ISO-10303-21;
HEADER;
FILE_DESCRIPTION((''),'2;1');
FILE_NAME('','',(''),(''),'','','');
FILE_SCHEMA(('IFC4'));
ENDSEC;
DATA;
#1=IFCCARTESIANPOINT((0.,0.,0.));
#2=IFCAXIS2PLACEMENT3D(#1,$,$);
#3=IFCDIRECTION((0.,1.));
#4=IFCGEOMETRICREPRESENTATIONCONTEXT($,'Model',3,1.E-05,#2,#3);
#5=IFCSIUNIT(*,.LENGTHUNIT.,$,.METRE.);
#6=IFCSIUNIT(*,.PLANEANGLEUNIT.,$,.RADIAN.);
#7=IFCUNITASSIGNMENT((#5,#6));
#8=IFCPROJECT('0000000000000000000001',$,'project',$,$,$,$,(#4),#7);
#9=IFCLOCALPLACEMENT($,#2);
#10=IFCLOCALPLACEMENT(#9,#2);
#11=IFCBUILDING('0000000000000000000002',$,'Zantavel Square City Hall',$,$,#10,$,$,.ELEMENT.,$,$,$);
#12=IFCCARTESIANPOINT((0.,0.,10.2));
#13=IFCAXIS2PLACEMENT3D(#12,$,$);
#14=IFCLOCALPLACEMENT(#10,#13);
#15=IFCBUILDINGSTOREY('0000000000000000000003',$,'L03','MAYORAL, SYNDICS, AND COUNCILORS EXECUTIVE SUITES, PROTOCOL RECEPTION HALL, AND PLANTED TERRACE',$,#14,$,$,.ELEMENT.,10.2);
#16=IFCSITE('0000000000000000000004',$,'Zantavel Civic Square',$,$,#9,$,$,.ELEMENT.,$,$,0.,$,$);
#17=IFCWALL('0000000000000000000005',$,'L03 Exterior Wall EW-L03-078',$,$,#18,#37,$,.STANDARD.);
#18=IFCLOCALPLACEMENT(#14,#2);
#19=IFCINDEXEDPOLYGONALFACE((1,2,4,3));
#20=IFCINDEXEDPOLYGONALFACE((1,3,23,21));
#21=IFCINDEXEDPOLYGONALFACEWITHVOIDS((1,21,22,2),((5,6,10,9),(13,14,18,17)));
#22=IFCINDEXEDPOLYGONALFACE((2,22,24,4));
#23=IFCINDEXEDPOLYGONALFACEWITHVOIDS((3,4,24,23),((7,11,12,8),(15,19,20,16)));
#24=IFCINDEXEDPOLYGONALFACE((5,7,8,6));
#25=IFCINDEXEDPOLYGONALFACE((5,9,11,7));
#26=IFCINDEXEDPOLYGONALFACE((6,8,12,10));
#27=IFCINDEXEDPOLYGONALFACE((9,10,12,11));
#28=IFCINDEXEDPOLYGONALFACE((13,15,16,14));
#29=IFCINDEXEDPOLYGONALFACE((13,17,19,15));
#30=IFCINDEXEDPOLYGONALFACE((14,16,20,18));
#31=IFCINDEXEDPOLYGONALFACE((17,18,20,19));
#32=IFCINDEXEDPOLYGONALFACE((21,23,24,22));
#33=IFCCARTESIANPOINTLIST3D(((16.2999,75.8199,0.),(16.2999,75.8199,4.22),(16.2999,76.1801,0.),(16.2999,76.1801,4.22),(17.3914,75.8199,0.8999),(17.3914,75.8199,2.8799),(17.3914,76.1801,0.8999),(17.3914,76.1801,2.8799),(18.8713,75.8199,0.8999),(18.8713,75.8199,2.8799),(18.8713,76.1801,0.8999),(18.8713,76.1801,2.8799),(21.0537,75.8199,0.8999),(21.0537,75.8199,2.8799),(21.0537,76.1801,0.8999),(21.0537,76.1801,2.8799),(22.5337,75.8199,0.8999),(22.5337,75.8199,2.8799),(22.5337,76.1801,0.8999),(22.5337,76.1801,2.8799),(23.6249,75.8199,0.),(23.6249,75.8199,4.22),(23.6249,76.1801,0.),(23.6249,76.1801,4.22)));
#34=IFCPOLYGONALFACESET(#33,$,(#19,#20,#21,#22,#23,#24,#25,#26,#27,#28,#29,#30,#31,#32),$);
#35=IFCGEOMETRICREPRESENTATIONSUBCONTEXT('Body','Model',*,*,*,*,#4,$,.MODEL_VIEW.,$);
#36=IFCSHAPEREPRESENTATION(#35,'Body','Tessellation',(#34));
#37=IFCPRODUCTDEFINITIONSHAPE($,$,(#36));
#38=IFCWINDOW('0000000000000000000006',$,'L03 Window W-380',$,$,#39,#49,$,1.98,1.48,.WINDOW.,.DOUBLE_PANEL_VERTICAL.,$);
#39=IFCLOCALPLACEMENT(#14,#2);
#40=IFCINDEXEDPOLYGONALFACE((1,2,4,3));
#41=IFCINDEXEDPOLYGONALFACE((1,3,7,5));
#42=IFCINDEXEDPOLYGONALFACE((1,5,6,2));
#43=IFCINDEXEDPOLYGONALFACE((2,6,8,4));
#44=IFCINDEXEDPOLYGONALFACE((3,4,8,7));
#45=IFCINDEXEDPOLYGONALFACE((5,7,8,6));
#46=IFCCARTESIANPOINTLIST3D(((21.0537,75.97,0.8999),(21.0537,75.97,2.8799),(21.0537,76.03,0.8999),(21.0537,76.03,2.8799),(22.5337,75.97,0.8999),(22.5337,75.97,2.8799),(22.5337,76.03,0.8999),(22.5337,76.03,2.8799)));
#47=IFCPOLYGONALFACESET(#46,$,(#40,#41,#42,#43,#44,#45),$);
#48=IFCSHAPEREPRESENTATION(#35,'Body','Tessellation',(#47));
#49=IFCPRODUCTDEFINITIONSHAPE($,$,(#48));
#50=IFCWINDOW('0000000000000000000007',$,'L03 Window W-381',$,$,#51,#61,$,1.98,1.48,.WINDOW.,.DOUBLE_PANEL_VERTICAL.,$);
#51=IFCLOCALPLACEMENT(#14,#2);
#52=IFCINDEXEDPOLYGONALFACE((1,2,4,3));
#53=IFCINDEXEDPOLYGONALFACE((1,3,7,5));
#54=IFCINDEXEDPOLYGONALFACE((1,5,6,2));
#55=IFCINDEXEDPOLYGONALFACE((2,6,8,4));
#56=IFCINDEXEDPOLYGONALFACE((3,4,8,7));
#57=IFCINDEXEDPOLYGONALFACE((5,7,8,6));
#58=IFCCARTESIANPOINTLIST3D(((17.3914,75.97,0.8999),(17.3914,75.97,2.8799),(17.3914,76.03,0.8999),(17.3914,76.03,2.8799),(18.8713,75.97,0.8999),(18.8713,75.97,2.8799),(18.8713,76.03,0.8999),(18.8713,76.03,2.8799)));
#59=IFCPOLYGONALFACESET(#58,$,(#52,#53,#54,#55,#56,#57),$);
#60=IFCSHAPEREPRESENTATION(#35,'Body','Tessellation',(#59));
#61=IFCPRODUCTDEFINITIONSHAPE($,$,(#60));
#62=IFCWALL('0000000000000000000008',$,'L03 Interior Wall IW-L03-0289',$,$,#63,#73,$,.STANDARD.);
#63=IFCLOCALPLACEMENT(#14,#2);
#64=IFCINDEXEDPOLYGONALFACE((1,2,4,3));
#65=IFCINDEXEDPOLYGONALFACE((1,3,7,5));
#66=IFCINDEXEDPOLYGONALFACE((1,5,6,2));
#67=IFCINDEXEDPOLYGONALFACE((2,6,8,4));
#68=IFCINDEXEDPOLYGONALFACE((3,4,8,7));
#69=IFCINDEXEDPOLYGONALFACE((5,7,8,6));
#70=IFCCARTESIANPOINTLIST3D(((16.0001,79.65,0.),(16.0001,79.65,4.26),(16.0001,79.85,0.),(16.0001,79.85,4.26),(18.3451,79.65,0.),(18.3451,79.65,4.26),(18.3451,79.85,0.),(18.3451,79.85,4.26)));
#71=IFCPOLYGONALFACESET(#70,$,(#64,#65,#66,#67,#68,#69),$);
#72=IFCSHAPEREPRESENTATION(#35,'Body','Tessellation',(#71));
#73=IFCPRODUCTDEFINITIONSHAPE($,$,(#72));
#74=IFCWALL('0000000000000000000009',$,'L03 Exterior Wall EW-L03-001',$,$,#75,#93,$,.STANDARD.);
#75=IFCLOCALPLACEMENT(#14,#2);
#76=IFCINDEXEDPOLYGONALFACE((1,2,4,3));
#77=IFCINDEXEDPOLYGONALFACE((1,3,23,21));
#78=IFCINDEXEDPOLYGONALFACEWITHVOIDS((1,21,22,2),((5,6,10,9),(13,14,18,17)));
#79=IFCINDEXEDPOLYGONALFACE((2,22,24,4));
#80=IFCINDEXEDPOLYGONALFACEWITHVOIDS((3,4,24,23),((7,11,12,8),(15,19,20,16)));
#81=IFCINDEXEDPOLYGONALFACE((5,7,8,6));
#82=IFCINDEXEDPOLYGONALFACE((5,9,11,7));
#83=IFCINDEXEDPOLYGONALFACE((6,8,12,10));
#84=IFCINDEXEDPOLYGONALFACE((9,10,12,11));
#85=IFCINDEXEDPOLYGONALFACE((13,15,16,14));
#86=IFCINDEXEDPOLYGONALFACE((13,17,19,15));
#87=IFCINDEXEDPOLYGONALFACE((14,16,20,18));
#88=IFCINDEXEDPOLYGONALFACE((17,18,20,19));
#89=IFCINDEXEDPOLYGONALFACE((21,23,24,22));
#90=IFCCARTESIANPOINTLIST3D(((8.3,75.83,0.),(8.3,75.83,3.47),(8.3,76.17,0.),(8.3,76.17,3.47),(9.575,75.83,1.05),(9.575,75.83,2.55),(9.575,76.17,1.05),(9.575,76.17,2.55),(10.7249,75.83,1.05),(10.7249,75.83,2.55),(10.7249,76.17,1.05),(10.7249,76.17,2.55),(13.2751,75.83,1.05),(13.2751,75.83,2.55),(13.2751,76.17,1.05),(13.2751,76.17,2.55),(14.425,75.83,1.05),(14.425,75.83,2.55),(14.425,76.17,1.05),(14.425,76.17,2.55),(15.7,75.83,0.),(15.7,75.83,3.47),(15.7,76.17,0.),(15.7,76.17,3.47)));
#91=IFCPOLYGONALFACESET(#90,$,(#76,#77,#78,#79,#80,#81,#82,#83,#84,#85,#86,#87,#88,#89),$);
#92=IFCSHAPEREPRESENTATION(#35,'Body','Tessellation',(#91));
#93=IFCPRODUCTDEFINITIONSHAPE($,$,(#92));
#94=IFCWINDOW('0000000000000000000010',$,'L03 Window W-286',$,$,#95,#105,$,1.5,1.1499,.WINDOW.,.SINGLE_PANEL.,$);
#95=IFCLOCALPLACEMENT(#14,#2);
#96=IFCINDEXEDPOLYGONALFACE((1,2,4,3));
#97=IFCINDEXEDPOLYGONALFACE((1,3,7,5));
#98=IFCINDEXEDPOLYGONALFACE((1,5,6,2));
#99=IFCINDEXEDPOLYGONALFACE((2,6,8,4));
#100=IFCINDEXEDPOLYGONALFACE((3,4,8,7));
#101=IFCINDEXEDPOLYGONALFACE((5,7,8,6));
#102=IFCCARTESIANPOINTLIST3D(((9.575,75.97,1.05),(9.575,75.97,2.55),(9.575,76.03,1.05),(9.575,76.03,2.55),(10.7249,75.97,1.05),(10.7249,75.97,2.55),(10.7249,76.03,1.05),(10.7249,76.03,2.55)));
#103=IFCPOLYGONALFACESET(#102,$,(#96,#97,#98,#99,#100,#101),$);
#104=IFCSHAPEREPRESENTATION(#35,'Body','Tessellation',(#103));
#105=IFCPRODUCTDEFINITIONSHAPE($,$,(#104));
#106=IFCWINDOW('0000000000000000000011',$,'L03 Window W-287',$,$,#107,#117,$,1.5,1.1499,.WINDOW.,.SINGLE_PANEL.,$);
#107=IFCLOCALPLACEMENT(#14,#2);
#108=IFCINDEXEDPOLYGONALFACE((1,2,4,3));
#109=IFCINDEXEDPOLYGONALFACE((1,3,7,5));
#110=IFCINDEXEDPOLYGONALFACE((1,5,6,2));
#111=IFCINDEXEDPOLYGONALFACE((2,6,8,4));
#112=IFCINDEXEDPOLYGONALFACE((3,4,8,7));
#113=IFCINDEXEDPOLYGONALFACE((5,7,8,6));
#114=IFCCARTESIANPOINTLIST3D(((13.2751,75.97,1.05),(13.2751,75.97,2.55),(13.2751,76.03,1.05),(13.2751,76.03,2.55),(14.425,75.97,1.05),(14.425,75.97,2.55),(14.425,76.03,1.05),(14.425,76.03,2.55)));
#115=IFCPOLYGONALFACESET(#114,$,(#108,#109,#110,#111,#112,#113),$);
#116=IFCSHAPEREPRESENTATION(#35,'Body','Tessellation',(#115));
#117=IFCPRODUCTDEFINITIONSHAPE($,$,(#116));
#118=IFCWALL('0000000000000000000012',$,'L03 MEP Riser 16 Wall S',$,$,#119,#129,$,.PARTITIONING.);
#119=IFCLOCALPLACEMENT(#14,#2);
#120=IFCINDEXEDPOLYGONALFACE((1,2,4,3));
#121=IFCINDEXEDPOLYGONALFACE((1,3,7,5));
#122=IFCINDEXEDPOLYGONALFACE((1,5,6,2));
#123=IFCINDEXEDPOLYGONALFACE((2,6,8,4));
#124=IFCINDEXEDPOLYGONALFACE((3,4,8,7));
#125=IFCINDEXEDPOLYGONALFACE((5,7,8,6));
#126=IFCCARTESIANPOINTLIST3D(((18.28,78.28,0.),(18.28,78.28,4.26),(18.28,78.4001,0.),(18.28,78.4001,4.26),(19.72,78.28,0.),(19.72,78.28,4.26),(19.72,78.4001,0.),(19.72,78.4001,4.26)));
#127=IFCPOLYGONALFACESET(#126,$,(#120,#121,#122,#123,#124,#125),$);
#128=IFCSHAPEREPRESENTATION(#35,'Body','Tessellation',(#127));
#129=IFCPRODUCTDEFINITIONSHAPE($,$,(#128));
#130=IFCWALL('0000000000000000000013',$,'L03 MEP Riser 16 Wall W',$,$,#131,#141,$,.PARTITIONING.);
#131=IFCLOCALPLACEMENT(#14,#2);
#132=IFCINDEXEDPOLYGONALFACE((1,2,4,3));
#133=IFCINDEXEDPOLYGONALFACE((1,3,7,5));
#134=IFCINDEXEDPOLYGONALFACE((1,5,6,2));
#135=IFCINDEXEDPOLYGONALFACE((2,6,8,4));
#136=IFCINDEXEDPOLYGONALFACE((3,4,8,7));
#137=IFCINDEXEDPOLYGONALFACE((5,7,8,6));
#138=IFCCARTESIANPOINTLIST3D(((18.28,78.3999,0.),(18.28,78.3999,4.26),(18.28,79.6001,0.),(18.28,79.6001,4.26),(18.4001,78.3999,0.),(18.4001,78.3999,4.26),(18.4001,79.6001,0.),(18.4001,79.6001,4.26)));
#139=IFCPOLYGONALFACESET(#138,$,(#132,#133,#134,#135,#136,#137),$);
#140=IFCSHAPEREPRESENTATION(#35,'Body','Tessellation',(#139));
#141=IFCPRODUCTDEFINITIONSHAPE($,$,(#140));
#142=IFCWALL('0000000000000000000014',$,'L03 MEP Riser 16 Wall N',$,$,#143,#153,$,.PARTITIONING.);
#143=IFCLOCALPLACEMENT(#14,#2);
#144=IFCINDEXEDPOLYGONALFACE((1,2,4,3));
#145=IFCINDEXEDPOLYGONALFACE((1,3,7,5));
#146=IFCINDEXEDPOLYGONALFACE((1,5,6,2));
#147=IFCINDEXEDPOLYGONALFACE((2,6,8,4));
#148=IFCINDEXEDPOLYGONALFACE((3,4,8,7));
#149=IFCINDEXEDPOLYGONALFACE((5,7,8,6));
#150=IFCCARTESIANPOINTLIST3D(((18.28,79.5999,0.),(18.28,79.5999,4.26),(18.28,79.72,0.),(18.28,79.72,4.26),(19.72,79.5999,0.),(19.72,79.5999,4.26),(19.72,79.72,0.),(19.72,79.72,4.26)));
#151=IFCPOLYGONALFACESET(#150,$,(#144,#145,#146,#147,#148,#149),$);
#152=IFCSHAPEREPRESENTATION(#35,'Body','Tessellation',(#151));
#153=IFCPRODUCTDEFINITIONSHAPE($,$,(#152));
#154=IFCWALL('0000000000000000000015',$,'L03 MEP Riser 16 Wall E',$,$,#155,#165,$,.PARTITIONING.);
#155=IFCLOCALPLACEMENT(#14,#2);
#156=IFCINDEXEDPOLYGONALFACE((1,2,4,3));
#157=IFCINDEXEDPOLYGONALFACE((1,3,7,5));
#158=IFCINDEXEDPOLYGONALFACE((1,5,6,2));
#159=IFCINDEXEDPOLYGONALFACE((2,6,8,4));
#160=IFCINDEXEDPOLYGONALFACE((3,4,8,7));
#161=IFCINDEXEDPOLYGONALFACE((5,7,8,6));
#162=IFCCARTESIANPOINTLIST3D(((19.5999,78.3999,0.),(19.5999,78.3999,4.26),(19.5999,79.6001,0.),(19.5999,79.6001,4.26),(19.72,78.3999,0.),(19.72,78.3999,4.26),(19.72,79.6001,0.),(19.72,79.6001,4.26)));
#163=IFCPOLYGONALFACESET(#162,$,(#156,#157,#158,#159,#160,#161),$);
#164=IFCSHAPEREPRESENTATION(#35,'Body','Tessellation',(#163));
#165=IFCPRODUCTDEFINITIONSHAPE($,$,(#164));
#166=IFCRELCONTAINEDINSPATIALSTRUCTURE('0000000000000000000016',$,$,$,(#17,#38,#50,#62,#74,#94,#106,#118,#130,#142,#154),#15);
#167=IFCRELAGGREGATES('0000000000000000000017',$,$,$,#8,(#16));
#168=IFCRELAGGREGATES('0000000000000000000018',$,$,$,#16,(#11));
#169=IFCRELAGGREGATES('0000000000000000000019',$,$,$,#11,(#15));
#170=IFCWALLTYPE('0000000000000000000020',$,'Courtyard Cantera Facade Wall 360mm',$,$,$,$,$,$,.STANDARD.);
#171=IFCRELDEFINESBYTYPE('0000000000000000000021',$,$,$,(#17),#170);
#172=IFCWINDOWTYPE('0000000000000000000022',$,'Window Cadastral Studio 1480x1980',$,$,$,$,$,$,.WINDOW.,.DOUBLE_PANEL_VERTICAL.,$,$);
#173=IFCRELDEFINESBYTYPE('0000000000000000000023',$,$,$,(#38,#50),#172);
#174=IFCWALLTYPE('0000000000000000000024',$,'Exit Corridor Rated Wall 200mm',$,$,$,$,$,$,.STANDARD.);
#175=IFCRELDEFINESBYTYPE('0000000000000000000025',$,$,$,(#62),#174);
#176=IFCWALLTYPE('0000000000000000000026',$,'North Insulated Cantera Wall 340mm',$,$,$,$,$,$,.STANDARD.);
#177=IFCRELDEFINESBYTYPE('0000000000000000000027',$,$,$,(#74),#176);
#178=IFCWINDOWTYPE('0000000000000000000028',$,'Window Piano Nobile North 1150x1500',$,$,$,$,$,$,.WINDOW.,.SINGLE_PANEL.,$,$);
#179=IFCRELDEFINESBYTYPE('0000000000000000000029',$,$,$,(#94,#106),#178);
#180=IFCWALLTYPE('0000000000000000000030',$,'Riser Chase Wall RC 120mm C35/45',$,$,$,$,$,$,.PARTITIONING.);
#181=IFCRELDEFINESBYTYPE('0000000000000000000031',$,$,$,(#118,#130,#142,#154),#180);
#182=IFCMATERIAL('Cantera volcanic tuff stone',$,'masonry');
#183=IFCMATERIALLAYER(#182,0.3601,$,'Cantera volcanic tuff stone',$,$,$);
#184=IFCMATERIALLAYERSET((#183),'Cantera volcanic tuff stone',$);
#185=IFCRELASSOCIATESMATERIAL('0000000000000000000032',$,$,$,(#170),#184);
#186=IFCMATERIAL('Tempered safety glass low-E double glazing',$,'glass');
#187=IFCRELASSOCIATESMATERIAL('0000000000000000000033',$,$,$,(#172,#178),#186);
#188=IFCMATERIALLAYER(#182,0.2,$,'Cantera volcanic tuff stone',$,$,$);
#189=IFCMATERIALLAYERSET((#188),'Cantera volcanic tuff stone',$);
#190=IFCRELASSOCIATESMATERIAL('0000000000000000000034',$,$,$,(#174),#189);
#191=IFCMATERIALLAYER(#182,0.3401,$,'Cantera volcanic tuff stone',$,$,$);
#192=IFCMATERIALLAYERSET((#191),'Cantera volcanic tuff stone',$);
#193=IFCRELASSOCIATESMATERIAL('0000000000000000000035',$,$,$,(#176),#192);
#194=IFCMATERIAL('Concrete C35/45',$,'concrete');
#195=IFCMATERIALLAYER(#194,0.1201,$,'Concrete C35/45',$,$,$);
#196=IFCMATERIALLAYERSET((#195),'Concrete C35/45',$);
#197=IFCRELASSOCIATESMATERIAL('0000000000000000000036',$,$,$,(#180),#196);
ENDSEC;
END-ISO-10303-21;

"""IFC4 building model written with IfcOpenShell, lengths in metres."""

from ifc_helpers import new_model, si_unit, direction, frame, frame_2d, origin, place, context, subcontext, project, spatial, rectangle, extrude, material, layer, layer_set, type_object, element, fill, save


model = new_model("IFC4")

# Units and contexts
model_context = context("Model", 3, precision=1e-05, world=origin(), true_north=direction((0.0, 1.0)))
body_context = subcontext(model_context, "Body", "Model", "MODEL_VIEW")
ifc_project = project(units=[si_unit("LENGTHUNIT", "METRE"), si_unit("PLANEANGLEUNIT", "RADIAN")], contexts=[model_context])

# Site, building, storey
site_placement = place(None, origin())
site = spatial("IfcSite", under=ifc_project, at=site_placement, Name="Zantavel Civic Square", CompositionType="ELEMENT", RefElevation=0.0)
building_placement = place(site_placement, origin())
building = spatial("IfcBuilding", under=site, at=building_placement, Name="Zantavel Square City Hall", CompositionType="ELEMENT")
storey_placement = place(building_placement, frame((0.0, 0.0, 10.2)))
storey = spatial("IfcBuildingStorey", under=building, at=storey_placement, Name="L03", Description="MAYORAL, SYNDICS, AND COUNCILORS EXECUTIVE SUITES, PROTOCOL RECEPTION HALL, AND PLANTED TERRACE", CompositionType="ELEMENT", Elevation=10.2)

# Wall, openings, windows
ifc_material_1 = material(Name="Cantera volcanic tuff stone", Category="masonry")
ifc_layer_1 = layer(ifc_material_1, 0.3601, Name="Cantera volcanic tuff stone")
ifc_layer_set_1 = layer_set([ifc_layer_1], Name="Cantera volcanic tuff stone")
wall_type_1 = type_object("IfcWallType", Name="Courtyard Cantera Facade Wall 360mm", PredefinedType="STANDARD", material=ifc_layer_set_1)
ifc_material_2 = material(Name="Tempered safety glass low-E double glazing", Category="glass")
window_type_1 = type_object("IfcWindowType", Name="Window Cadastral Studio 1480x1980", PartitioningType="DOUBLE_PANEL_VERTICAL", PredefinedType="WINDOW", material=ifc_material_2)
wall_1_placement = place(storey_placement, frame((23.625, 76.0, 0.0), z_axis=(0.0, 0.0, 1.0), x_axis=(-1.0, 0.0, 0.0)))
wall_1 = element("IfcWall", 1, at=wall_1_placement, inside=storey, type_object=wall_type_1, Name="L03 Exterior Wall EW-L03-078", PredefinedType="STANDARD", context=body_context, shape_type="SweptSolid", body=[
    extrude(rectangle(XDim=7.325, YDim=0.3601, at=frame_2d((3.6626, 0.0))), origin(), (0.0, 0.0, 1.0), 4.22),
])
opening_1_placement = place(wall_1_placement, frame((1.0913, 0.0, 0.8999)))
opening_1 = element("IfcOpeningElement", 2, at=opening_1_placement, cuts=wall_1, PredefinedType="OPENING", context=body_context, shape_type="SweptSolid", body=[
    extrude(rectangle(XDim=1.48, YDim=1.98, at=frame_2d((0.74, 0.99))), frame((0.0, 0.1899, 0.0), z_axis=(0.0, -1.0, 0.0), x_axis=(1.0, 0.0, 0.0)), (0.0, 0.0, 1.0), 0.3801),
])
opening_2_placement = place(wall_1_placement, frame((4.7537, 0.0, 0.8999)))
opening_2 = element("IfcOpeningElement", 3, at=opening_2_placement, cuts=wall_1, PredefinedType="OPENING", context=body_context, shape_type="SweptSolid", body=[
    extrude(rectangle(XDim=1.48, YDim=1.98, at=frame_2d((0.74, 0.99))), frame((0.0, 0.1899, 0.0), z_axis=(0.0, -1.0, 0.0), x_axis=(1.0, 0.0, 0.0)), (0.0, 0.0, 1.0), 0.3801),
])
window_1_placement = place(opening_1_placement, origin())
window_1 = element("IfcWindow", 4, at=window_1_placement, inside=storey, type_object=window_type_1, Name="L03 Window W-380", OverallHeight=1.98, OverallWidth=1.48, PartitioningType="DOUBLE_PANEL_VERTICAL", PredefinedType="WINDOW", context=body_context, shape_type="SweptSolid", body=[
    extrude(rectangle(XDim=1.48, YDim=1.98, at=frame_2d((0.74, 0.99))), frame((0.0, 0.03, 0.0), z_axis=(0.0, -1.0, 0.0), x_axis=(1.0, 0.0, 0.0)), (0.0, 0.0, 1.0), 0.0601),
])
fill(opening_1, window_1)
window_2_placement = place(opening_2_placement, origin())
window_2 = element("IfcWindow", 5, at=window_2_placement, inside=storey, type_object=window_type_1, Name="L03 Window W-381", OverallHeight=1.98, OverallWidth=1.48, PartitioningType="DOUBLE_PANEL_VERTICAL", PredefinedType="WINDOW", context=body_context, shape_type="SweptSolid", body=[
    extrude(rectangle(XDim=1.48, YDim=1.98, at=frame_2d((0.74, 0.99))), frame((0.0, 0.03, 0.0), z_axis=(0.0, -1.0, 0.0), x_axis=(1.0, 0.0, 0.0)), (0.0, 0.0, 1.0), 0.0601),
])
fill(opening_2, window_2)

# Wall
ifc_layer_2 = layer(ifc_material_1, 0.2, Name="Cantera volcanic tuff stone")
ifc_layer_set_2 = layer_set([ifc_layer_2], Name="Cantera volcanic tuff stone")
wall_type_2 = type_object("IfcWallType", Name="Exit Corridor Rated Wall 200mm", PredefinedType="STANDARD", material=ifc_layer_set_2)
wall_2_placement = place(storey_placement, frame((18.345, 79.75, 0.0), z_axis=(0.0, 0.0, 1.0), x_axis=(-1.0, 0.0, 0.0)))
element("IfcWall", 6, at=wall_2_placement, inside=storey, type_object=wall_type_2, Name="L03 Interior Wall IW-L03-0289", PredefinedType="STANDARD", context=body_context, shape_type="SweptSolid", body=[
    extrude(rectangle(XDim=2.345, YDim=0.2, at=frame_2d((1.1724, 0.0))), origin(), (0.0, 0.0, 1.0), 4.26),
])

# Wall, openings, windows
ifc_layer_3 = layer(ifc_material_1, 0.3401, Name="Cantera volcanic tuff stone")
ifc_layer_set_3 = layer_set([ifc_layer_3], Name="Cantera volcanic tuff stone")
wall_type_3 = type_object("IfcWallType", Name="North Insulated Cantera Wall 340mm", PredefinedType="STANDARD", material=ifc_layer_set_3)
wall_3_placement = place(storey_placement, frame((8.3, 76.0, 0.0), z_axis=(0.0, 0.0, 1.0), x_axis=(1.0, 0.0, 0.0)))
wall_3 = element("IfcWall", 7, at=wall_3_placement, inside=storey, type_object=wall_type_3, Name="L03 Exterior Wall EW-L03-001", PredefinedType="STANDARD", context=body_context, shape_type="SweptSolid", body=[
    extrude(rectangle(XDim=7.3999, YDim=0.3401, at=frame_2d((3.7, 0.0))), origin(), (0.0, 0.0, 1.0), 3.47),
])
opening_3_placement = place(wall_3_placement, frame((1.2749, 0.0, 1.05)))
opening_3 = element("IfcOpeningElement", 8, at=opening_3_placement, cuts=wall_3, PredefinedType="OPENING", context=body_context, shape_type="SweptSolid", body=[
    extrude(rectangle(XDim=1.1499, YDim=1.5, at=frame_2d((0.575, 0.75))), frame((0.0, 0.1799, 0.0), z_axis=(0.0, -1.0, 0.0), x_axis=(1.0, 0.0, 0.0)), (0.0, 0.0, 1.0), 0.3601),
])
opening_4_placement = place(wall_3_placement, frame((4.9751, 0.0, 1.05)))
opening_4 = element("IfcOpeningElement", 9, at=opening_4_placement, cuts=wall_3, PredefinedType="OPENING", context=body_context, shape_type="SweptSolid", body=[
    extrude(rectangle(XDim=1.1499, YDim=1.5, at=frame_2d((0.575, 0.75))), frame((0.0, 0.1799, 0.0), z_axis=(0.0, -1.0, 0.0), x_axis=(1.0, 0.0, 0.0)), (0.0, 0.0, 1.0), 0.3601),
])
window_type_2 = type_object("IfcWindowType", Name="Window Piano Nobile North 1150x1500", PartitioningType="SINGLE_PANEL", PredefinedType="WINDOW", material=ifc_material_2)
window_3_placement = place(opening_3_placement, origin())
window_3 = element("IfcWindow", 10, at=window_3_placement, inside=storey, type_object=window_type_2, Name="L03 Window W-286", OverallHeight=1.5, OverallWidth=1.1499, PartitioningType="SINGLE_PANEL", PredefinedType="WINDOW", context=body_context, shape_type="SweptSolid", body=[
    extrude(rectangle(XDim=1.1499, YDim=1.5, at=frame_2d((0.575, 0.75))), frame((0.0, 0.03, 0.0), z_axis=(0.0, -1.0, 0.0), x_axis=(1.0, 0.0, 0.0)), (0.0, 0.0, 1.0), 0.0601),
])
fill(opening_3, window_3)
window_4_placement = place(opening_4_placement, origin())
window_4 = element("IfcWindow", 11, at=window_4_placement, inside=storey, type_object=window_type_2, Name="L03 Window W-287", OverallHeight=1.5, OverallWidth=1.1499, PartitioningType="SINGLE_PANEL", PredefinedType="WINDOW", context=body_context, shape_type="SweptSolid", body=[
    extrude(rectangle(XDim=1.1499, YDim=1.5, at=frame_2d((0.575, 0.75))), frame((0.0, 0.03, 0.0), z_axis=(0.0, -1.0, 0.0), x_axis=(1.0, 0.0, 0.0)), (0.0, 0.0, 1.0), 0.0601),
])
fill(opening_4, window_4)

# Walls
ifc_material_3 = material(Name="Concrete C35/45", Category="concrete")
ifc_layer_4 = layer(ifc_material_3, 0.1201, Name="Concrete C35/45")
ifc_layer_set_4 = layer_set([ifc_layer_4], Name="Concrete C35/45")
wall_type_4 = type_object("IfcWallType", Name="Riser Chase Wall RC 120mm C35/45", PredefinedType="PARTITIONING", material=ifc_layer_set_4)
wall_4_placement = place(storey_placement, frame((19.72, 78.3401, 0.0), z_axis=(0.0, 0.0, 1.0), x_axis=(-1.0, 0.0, 0.0)))
element("IfcWall", 12, at=wall_4_placement, inside=storey, type_object=wall_type_4, Name="L03 MEP Riser 16 Wall S", PredefinedType="PARTITIONING", context=body_context, shape_type="SweptSolid", body=[
    extrude(rectangle(XDim=1.4399, YDim=0.1201, at=frame_2d((0.72, 0.0))), origin(), (0.0, 0.0, 1.0), 4.26),
])
wall_5_placement = place(storey_placement, frame((18.3401, 78.3999, 0.0), z_axis=(0.0, 0.0, 1.0), x_axis=(0.0, 1.0, 0.0)))
element("IfcWall", 13, at=wall_5_placement, inside=storey, type_object=wall_type_4, Name="L03 MEP Riser 16 Wall W", PredefinedType="PARTITIONING", context=body_context, shape_type="SweptSolid", body=[
    extrude(rectangle(XDim=1.2002, YDim=0.1201, at=frame_2d((0.6001, 0.0))), origin(), (0.0, 0.0, 1.0), 4.26),
])
wall_6_placement = place(storey_placement, frame((18.28, 79.6599, 0.0), z_axis=(0.0, 0.0, 1.0), x_axis=(1.0, 0.0, 0.0)))
element("IfcWall", 14, at=wall_6_placement, inside=storey, type_object=wall_type_4, Name="L03 MEP Riser 16 Wall N", PredefinedType="PARTITIONING", context=body_context, shape_type="SweptSolid", body=[
    extrude(rectangle(XDim=1.4399, YDim=0.1201, at=frame_2d((0.72, 0.0))), origin(), (0.0, 0.0, 1.0), 4.26),
])
wall_7_placement = place(storey_placement, frame((19.6599, 79.6001, 0.0), z_axis=(0.0, 0.0, 1.0), x_axis=(0.0, -1.0, 0.0)))
element("IfcWall", 15, at=wall_7_placement, inside=storey, type_object=wall_type_4, Name="L03 MEP Riser 16 Wall E", PredefinedType="PARTITIONING", context=body_context, shape_type="SweptSolid", body=[
    extrude(rectangle(XDim=1.2002, YDim=0.1201, at=frame_2d((0.6001, 0.0))), origin(), (0.0, 0.0, 1.0), 4.26),
])

save(model, "model.ifc")
